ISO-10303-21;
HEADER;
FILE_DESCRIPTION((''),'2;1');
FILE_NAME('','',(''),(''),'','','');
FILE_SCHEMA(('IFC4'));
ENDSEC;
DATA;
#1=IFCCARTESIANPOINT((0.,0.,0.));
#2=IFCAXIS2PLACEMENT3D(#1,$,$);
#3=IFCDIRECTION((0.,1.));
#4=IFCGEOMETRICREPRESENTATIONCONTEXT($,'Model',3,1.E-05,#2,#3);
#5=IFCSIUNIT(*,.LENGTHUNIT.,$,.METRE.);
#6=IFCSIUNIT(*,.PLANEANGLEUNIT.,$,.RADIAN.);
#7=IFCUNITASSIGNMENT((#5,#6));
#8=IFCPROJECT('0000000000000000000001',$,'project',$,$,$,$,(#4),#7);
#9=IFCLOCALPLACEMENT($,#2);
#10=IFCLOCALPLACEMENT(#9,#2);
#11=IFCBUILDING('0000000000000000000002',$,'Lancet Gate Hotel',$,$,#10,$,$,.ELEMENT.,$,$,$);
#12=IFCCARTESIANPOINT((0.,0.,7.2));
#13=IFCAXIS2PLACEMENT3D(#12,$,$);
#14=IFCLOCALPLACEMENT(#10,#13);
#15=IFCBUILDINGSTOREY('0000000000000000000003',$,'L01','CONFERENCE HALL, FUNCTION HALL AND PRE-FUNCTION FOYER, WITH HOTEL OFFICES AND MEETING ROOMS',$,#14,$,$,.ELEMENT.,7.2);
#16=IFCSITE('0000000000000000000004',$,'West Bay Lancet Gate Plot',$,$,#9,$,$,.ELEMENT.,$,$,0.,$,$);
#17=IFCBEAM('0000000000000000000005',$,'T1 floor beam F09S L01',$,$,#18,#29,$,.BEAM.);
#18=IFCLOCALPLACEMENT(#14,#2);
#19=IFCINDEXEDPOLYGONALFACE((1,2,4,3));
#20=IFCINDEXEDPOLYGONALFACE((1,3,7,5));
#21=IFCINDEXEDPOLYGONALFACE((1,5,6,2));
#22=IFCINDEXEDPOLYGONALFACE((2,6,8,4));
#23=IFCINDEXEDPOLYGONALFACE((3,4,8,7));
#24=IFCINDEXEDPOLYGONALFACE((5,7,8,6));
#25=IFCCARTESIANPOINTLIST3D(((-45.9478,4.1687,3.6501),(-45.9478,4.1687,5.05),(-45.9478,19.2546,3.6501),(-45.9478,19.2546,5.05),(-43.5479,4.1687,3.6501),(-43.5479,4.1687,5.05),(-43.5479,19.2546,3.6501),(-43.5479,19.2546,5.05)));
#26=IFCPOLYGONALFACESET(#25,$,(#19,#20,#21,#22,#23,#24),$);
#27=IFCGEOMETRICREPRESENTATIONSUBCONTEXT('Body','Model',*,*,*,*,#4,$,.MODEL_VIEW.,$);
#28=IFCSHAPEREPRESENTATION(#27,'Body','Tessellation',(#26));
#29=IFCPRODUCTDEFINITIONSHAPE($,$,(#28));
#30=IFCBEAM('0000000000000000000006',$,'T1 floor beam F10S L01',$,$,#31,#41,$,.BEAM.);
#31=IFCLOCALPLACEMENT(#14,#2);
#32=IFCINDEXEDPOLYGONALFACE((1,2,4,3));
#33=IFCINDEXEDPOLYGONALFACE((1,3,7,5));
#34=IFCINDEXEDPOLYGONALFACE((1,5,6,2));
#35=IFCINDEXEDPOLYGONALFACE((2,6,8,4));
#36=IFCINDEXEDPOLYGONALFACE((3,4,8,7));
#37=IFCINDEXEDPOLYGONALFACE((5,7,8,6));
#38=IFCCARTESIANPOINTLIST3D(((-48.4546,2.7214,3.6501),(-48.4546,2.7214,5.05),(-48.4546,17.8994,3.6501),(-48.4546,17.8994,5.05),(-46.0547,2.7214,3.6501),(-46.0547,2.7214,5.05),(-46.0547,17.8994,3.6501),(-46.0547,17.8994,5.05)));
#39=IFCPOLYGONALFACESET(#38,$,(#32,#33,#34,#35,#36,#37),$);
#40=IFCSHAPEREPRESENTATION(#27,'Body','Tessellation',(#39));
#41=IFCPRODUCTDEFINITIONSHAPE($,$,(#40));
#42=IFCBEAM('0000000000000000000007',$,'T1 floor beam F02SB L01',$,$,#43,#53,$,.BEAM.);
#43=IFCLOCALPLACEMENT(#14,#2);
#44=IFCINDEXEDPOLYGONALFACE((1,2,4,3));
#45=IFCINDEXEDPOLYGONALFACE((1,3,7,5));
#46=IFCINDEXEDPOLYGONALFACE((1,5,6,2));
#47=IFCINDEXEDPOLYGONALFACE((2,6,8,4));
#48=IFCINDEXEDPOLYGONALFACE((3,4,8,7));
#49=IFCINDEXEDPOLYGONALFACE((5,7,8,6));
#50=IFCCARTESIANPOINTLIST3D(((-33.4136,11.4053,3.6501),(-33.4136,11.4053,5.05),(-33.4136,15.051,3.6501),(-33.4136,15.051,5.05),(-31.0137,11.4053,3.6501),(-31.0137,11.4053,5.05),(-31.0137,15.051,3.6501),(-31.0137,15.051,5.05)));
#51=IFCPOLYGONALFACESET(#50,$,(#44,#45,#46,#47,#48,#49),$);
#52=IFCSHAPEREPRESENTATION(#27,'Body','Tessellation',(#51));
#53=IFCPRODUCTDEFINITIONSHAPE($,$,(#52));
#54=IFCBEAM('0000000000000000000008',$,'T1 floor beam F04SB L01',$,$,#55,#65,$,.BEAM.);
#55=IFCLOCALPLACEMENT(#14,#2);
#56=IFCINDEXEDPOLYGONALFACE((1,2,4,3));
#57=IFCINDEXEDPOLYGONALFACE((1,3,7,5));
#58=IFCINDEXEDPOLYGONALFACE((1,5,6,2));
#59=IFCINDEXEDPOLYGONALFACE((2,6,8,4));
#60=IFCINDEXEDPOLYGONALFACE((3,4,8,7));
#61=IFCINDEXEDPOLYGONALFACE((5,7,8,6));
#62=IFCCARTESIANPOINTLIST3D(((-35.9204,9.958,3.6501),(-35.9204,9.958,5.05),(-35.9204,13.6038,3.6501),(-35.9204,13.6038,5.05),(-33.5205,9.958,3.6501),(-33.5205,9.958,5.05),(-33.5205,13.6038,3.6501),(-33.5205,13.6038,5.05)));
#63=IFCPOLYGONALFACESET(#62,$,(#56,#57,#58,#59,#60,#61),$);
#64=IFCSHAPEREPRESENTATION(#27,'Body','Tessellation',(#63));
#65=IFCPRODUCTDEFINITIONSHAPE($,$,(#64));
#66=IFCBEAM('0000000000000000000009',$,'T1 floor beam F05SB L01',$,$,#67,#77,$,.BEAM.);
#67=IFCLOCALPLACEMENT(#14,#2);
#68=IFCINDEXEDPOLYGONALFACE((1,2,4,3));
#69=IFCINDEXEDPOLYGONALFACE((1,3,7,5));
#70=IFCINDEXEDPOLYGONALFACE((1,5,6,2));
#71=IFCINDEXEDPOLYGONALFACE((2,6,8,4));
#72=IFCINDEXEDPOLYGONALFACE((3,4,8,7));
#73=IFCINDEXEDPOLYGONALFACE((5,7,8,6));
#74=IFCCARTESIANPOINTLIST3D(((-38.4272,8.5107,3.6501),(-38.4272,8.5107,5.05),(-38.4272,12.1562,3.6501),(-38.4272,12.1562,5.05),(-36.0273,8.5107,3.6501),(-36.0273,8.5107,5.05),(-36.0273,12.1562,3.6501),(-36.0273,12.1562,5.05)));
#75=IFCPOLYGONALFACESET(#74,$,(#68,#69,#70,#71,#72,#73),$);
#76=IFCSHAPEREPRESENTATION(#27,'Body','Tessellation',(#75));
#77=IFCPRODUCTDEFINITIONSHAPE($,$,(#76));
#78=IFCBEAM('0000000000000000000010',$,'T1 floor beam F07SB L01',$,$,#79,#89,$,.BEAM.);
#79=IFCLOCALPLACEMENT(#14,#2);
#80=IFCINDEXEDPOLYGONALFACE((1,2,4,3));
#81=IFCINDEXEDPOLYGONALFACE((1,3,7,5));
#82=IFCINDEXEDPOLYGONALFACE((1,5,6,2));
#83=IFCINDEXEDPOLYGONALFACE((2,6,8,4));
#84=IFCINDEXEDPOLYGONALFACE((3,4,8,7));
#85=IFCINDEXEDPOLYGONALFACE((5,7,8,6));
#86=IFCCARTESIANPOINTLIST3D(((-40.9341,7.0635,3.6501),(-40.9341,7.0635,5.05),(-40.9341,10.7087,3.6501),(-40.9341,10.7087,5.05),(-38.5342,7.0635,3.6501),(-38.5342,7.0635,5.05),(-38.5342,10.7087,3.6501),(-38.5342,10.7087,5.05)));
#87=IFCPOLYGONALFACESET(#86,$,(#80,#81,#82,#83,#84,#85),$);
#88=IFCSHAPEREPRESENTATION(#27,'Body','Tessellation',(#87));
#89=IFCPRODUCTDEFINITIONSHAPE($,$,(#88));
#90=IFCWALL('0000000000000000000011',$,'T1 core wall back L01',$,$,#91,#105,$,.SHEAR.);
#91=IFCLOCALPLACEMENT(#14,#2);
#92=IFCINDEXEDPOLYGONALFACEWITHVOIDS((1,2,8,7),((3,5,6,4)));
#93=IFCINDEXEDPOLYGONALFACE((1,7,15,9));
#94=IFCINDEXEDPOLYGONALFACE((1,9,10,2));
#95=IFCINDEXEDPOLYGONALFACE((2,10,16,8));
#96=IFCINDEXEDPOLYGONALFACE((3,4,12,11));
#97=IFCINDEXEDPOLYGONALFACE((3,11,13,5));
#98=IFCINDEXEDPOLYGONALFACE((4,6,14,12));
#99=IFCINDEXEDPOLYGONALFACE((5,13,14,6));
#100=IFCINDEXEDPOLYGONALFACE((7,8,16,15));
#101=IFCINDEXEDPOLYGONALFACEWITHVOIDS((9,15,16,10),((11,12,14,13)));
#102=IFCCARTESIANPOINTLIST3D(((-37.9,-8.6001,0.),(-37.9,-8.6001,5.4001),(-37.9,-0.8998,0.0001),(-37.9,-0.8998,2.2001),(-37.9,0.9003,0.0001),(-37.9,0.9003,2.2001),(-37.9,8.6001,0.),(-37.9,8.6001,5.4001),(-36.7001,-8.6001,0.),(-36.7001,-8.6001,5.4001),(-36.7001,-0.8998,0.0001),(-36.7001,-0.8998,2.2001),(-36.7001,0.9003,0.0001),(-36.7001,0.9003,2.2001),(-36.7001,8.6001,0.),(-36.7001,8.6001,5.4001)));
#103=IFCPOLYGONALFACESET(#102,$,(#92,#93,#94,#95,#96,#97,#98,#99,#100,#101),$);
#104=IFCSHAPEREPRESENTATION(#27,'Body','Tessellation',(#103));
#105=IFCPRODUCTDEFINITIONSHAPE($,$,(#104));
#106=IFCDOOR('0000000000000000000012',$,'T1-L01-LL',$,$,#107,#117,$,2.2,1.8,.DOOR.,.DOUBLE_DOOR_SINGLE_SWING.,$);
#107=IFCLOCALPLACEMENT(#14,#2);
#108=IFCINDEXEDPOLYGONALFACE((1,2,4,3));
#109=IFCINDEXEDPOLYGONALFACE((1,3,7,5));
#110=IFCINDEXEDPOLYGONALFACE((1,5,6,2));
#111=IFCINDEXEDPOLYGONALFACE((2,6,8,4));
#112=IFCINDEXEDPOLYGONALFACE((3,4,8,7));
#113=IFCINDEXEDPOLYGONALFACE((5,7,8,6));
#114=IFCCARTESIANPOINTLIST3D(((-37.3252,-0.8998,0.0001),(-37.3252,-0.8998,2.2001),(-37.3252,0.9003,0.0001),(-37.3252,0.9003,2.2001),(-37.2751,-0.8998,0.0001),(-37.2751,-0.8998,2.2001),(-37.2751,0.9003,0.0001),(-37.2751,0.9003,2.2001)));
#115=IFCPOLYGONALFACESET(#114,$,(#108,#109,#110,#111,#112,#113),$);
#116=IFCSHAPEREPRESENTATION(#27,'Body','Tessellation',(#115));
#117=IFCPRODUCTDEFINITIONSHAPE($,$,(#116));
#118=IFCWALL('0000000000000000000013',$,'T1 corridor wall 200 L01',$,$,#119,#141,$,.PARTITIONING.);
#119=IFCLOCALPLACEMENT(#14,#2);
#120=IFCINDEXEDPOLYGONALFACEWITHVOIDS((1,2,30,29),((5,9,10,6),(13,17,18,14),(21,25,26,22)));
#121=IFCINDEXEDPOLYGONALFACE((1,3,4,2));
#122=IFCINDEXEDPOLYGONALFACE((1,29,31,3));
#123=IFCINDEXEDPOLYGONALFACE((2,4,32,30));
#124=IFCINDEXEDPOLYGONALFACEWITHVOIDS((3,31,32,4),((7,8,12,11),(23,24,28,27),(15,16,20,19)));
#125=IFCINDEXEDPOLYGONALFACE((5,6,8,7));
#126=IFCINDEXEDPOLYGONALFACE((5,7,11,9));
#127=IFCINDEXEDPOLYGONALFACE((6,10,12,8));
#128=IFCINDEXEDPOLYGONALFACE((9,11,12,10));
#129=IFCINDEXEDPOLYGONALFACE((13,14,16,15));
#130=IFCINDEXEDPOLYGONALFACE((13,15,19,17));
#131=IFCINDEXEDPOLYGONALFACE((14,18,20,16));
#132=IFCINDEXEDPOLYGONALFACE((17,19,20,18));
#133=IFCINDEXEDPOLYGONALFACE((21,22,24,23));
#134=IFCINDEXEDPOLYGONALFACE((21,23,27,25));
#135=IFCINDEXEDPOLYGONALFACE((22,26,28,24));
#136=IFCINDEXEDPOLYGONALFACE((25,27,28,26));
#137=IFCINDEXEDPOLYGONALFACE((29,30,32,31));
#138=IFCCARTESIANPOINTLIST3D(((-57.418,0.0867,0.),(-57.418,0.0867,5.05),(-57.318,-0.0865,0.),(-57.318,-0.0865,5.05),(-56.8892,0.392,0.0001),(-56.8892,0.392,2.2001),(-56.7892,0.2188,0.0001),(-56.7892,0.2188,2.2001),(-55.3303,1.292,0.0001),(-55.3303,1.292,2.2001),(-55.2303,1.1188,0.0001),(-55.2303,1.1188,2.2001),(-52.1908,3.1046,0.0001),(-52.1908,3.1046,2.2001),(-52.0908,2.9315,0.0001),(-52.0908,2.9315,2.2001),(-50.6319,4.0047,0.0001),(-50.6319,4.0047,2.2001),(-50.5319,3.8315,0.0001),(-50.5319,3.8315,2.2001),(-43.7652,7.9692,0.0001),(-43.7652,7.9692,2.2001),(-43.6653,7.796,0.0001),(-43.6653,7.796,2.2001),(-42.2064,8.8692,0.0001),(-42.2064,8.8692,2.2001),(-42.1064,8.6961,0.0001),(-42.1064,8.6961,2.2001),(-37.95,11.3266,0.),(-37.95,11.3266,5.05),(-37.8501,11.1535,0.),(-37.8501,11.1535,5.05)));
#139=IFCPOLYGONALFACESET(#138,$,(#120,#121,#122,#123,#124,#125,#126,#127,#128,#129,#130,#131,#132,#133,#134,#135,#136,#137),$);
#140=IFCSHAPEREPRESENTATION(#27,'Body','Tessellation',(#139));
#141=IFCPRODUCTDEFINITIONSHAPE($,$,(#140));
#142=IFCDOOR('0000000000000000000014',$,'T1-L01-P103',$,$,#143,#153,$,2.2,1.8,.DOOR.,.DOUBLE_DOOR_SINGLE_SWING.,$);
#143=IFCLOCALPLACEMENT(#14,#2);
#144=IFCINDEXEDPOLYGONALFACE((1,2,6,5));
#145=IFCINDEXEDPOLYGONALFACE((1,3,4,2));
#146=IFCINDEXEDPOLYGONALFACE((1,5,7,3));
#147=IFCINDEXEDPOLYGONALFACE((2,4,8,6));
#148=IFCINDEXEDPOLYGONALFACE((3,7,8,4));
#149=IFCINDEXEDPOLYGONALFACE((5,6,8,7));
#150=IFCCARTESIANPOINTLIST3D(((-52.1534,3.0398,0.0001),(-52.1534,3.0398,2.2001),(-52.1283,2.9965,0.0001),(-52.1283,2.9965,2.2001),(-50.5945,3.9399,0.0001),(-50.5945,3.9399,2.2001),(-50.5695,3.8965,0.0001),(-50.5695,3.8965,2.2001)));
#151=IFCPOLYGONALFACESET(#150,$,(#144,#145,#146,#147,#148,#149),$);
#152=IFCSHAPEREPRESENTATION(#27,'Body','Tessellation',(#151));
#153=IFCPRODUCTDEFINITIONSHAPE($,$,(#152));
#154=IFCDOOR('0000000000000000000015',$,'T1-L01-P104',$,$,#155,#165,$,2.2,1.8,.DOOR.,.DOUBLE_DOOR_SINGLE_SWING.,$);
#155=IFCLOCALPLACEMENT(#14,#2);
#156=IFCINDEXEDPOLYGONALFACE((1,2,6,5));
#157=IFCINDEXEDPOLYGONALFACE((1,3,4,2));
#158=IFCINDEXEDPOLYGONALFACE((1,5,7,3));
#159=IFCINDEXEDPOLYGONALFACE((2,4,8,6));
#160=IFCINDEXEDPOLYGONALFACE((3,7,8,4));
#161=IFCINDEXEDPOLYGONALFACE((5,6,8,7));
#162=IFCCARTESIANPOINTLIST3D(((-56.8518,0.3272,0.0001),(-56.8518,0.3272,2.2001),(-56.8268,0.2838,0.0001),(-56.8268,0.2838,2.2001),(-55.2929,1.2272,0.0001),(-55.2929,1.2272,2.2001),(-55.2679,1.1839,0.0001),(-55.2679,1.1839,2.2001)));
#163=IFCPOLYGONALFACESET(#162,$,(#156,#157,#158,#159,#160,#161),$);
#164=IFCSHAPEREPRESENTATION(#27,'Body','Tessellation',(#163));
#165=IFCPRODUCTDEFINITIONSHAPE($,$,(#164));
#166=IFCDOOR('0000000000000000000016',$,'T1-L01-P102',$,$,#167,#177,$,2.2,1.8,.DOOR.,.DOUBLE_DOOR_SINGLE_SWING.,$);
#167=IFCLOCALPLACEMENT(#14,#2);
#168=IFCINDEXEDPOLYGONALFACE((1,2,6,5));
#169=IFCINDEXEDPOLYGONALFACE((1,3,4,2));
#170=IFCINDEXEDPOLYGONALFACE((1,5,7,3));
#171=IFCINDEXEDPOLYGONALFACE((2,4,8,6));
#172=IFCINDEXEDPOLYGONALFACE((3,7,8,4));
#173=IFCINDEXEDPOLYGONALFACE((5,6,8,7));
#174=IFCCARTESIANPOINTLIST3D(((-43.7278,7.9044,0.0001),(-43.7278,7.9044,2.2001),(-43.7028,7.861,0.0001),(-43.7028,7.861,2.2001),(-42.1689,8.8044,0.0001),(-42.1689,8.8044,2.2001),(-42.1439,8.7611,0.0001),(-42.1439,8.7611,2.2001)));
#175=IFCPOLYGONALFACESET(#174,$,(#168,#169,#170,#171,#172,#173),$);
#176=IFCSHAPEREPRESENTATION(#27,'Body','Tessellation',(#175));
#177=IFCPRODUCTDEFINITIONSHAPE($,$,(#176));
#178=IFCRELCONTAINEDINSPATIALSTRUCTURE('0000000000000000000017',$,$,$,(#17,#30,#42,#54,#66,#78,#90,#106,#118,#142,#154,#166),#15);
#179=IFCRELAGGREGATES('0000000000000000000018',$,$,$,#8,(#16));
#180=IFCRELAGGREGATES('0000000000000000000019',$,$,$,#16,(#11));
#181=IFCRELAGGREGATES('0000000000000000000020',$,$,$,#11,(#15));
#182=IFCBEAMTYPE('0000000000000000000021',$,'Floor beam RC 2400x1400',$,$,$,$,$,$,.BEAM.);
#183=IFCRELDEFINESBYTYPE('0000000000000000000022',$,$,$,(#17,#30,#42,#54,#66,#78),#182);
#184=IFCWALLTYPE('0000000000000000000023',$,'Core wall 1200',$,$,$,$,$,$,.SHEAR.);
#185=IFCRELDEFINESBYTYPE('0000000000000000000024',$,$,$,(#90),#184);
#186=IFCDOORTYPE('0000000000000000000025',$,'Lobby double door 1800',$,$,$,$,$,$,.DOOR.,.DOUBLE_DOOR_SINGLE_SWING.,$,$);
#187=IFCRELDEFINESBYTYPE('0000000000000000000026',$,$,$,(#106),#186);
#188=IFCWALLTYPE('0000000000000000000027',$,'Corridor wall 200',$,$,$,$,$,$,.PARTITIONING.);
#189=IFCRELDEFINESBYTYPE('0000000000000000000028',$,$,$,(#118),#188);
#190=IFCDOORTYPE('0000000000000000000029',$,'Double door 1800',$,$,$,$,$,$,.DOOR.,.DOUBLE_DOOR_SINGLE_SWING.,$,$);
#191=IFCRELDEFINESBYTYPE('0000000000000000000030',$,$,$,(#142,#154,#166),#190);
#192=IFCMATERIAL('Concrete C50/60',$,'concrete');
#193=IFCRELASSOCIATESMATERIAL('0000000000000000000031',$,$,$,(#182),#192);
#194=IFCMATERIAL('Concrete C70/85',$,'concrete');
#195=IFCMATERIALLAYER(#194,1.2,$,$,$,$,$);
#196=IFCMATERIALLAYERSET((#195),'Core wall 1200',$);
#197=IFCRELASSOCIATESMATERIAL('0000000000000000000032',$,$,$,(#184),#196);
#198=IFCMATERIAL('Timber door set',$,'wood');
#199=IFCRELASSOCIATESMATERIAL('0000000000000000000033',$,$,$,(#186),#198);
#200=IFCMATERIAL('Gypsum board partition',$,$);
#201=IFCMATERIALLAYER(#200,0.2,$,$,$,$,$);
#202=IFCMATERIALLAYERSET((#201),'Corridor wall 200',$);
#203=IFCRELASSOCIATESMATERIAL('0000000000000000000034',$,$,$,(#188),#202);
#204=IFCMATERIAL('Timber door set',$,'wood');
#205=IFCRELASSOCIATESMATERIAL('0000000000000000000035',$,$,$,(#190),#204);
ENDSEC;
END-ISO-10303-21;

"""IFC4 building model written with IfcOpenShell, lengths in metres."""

from ifc_helpers import new_model, si_unit, direction, frame, frame_2d, origin, origin_2d, place, context, subcontext, project, spatial, rectangle, extrude, material, layer, layer_set, material_profile, profile_set, type_object, element, fill, save


model = new_model("IFC4")

# Units and contexts
model_context = context("Model", 3, precision=1e-05, world=origin(), true_north=direction((0.0, 1.0)))
body_context = subcontext(model_context, "Body", "Model", "MODEL_VIEW")
ifc_project = project(units=[si_unit("LENGTHUNIT", "METRE"), si_unit("PLANEANGLEUNIT", "RADIAN")], contexts=[model_context])

# Site, building, storey
site_placement = place(None, origin())
site = spatial("IfcSite", under=ifc_project, at=site_placement, Name="West Bay Lancet Gate Plot", CompositionType="ELEMENT", RefElevation=0.0)
building_placement = place(site_placement, origin())
building = spatial("IfcBuilding", under=site, at=building_placement, Name="Lancet Gate Hotel", CompositionType="ELEMENT")
storey_placement = place(building_placement, frame((0.0, 0.0, 7.2)))
storey = spatial("IfcBuildingStorey", under=building, at=storey_placement, Name="L01", Description="CONFERENCE HALL, FUNCTION HALL AND PRE-FUNCTION FOYER, WITH HOTEL OFFICES AND MEETING ROOMS", CompositionType="ELEMENT", Elevation=7.2)

# Beams
ifc_material_1 = material(Name="Concrete C50/60", Category="concrete")
ifc_material_profile = material_profile(ifc_material_1, rectangle(XDim=2.3999, YDim=1.3999, at=origin_2d()), Name="RC 2400x1400")
ifc_profile_set = profile_set([ifc_material_profile], Name="Concrete C50/60")
beam_type = type_object("IfcBeamType", Name="Floor beam RC 2400x1400", PredefinedType="BEAM", material=ifc_profile_set)
beam_1_placement = place(storey_placement, frame((-44.7478, 19.2546, 4.3501), z_axis=(0.0, -1.0, 0.0), x_axis=(1.0, 0.0, 0.0)))
element("IfcBeam", 1, at=beam_1_placement, inside=storey, type_object=beam_type, Name="T1 floor beam F09S L01", PredefinedType="BEAM", context=body_context, shape_type="SweptSolid", body=[
    extrude(rectangle(XDim=2.3999, YDim=1.3999, at=origin_2d()), origin(), (0.0, 0.0, 1.0), 15.0859),
])
beam_2_placement = place(storey_placement, frame((-47.2546, 17.8994, 4.3501), z_axis=(0.0, -1.0, 0.0), x_axis=(1.0, 0.0, 0.0)))
element("IfcBeam", 2, at=beam_2_placement, inside=storey, type_object=beam_type, Name="T1 floor beam F10S L01", PredefinedType="BEAM", context=body_context, shape_type="SweptSolid", body=[
    extrude(rectangle(XDim=2.3999, YDim=1.3999, at=origin_2d()), origin(), (0.0, 0.0, 1.0), 15.178),
])
for number, where, z_axis, x_axis, name in (
    (3, (-32.2136, 15.051, 4.3501), (0.0, -1.0, 0.0), (1.0, 0.0, 0.0), "T1 floor beam F02SB L01"),
    (4, (-34.7205, 13.6038, 4.3501), (0.0, -1.0, 0.0), (1.0, 0.0, 0.0), "T1 floor beam F04SB L01"),
):
    element("IfcBeam", number, at=place(storey_placement, frame(where, z_axis=z_axis, x_axis=x_axis)), inside=storey, type_object=beam_type, Name=name, PredefinedType="BEAM", context=body_context, shape_type="SweptSolid", body=[
        extrude(rectangle(XDim=2.3999, YDim=1.3999, at=origin_2d()), origin(), (0.0, 0.0, 1.0), 3.6458),
    ])
beam_3_placement = place(storey_placement, frame((-37.2273, 12.1562, 4.3501), z_axis=(0.0, -1.0, 0.0), x_axis=(1.0, 0.0, 0.0)))
element("IfcBeam", 5, at=beam_3_placement, inside=storey, type_object=beam_type, Name="T1 floor beam F05SB L01", PredefinedType="BEAM", context=body_context, shape_type="SweptSolid", body=[
    extrude(rectangle(XDim=2.3999, YDim=1.3999, at=origin_2d()), origin(), (0.0, 0.0, 1.0), 3.6455),
])
beam_4_placement = place(storey_placement, frame((-39.7341, 10.7087, 4.3501), z_axis=(0.0, -1.0, 0.0), x_axis=(1.0, 0.0, 0.0)))
element("IfcBeam", 6, at=beam_4_placement, inside=storey, type_object=beam_type, Name="T1 floor beam F07SB L01", PredefinedType="BEAM", context=body_context, shape_type="SweptSolid", body=[
    extrude(rectangle(XDim=2.3999, YDim=1.3999, at=origin_2d()), origin(), (0.0, 0.0, 1.0), 3.6453),
])

# Wall, opening, door
ifc_material_2 = material(Name="Concrete C70/85", Category="concrete")
ifc_layer_1 = layer(ifc_material_2, 1.2)
ifc_layer_set_1 = layer_set([ifc_layer_1], Name="Core wall 1200")
wall_type_1 = type_object("IfcWallType", Name="Core wall 1200", PredefinedType="SHEAR", material=ifc_layer_set_1)
wall_1_placement = place(storey_placement, frame((-37.3, 8.6001, 0.0), z_axis=(0.0, 0.0, 1.0), x_axis=(0.0, -1.0, 0.0)))
wall_1 = element("IfcWall", 7, at=wall_1_placement, inside=storey, type_object=wall_type_1, Name="T1 core wall back L01", PredefinedType="SHEAR", context=body_context, shape_type="SweptSolid", body=[
    extrude(rectangle(XDim=17.2002, YDim=1.2, at=frame_2d((8.6001, 0.0))), origin(), (0.0, 0.0, 1.0), 5.4001),
])
opening_1_placement = place(wall_1_placement, frame((7.7, 0.0, 0.0)))
opening_1 = element("IfcOpeningElement", 8, at=opening_1_placement, cuts=wall_1, PredefinedType="OPENING", context=body_context, shape_type="SweptSolid", body=[
    extrude(rectangle(XDim=1.8, YDim=2.2, at=frame_2d((0.8999, 1.1001))), frame((0.0, 0.6099, 0.0), z_axis=(0.0, -1.0, 0.0), x_axis=(1.0, 0.0, 0.0)), (0.0, 0.0, 1.0), 1.22),
])
ifc_material_3 = material(Name="Timber door set", Category="wood")
door_type_1 = type_object("IfcDoorType", Name="Lobby double door 1800", OperationType="DOUBLE_DOOR_SINGLE_SWING", PredefinedType="DOOR", material=ifc_material_3)
door_1_placement = place(opening_1_placement, origin())
door_1 = element("IfcDoor", 9, at=door_1_placement, inside=storey, type_object=door_type_1, Name="T1-L01-LL", OperationType="DOUBLE_DOOR_SINGLE_SWING", OverallHeight=2.2, OverallWidth=1.8, PredefinedType="DOOR", context=body_context, shape_type="SweptSolid", body=[
    extrude(rectangle(XDim=1.8, YDim=2.2, at=frame_2d((0.8999, 1.1001))), frame((0.0, 0.0249, 0.0), z_axis=(0.0, -1.0, 0.0), x_axis=(1.0, 0.0, 0.0)), (0.0, 0.0, 1.0), 0.05),
])
fill(opening_1, door_1)

# Wall, openings, doors
ifc_material_4 = material(Name="Gypsum board partition")
ifc_layer_2 = layer(ifc_material_4, 0.2)
ifc_layer_set_2 = layer_set([ifc_layer_2], Name="Corridor wall 200")
wall_type_2 = type_object("IfcWallType", Name="Corridor wall 200", PredefinedType="PARTITIONING", material=ifc_layer_set_2)
wall_2_placement = place(storey_placement, frame((-37.9001, 11.24, 0.0), z_axis=(0.0, 0.0, 1.0), x_axis=(-0.866023, -0.500004, 0.0)))
wall_2 = element("IfcWall", 10, at=wall_2_placement, inside=storey, type_object=wall_type_2, Name="T1 corridor wall 200 L01", PredefinedType="PARTITIONING", context=body_context, shape_type="SweptSolid", body=[
    extrude(rectangle(XDim=22.4797, YDim=0.2, at=frame_2d((11.2397, 0.0))), origin(), (0.0, 0.0, 1.0), 5.05),
])
opening_2_placement = place(wall_2_placement, frame((14.6438, 0.0, 0.0)))
opening_2 = element("IfcOpeningElement", 11, at=opening_2_placement, cuts=wall_2, PredefinedType="OPENING", context=body_context, shape_type="SweptSolid", body=[
    extrude(rectangle(XDim=1.8, YDim=2.2, at=frame_2d((0.8999, 1.1001))), frame((0.0, 0.1099, 0.0), z_axis=(0.0, -1.0, 0.0), x_axis=(1.0, 0.0, 0.0)), (0.0, 0.0, 1.0), 0.22),
])
opening_3_placement = place(wall_2_placement, frame((20.0691, 0.0, 0.0)))
opening_3 = element("IfcOpeningElement", 12, at=opening_3_placement, cuts=wall_2, PredefinedType="OPENING", context=body_context, shape_type="SweptSolid", body=[
    extrude(rectangle(XDim=1.8, YDim=2.2, at=frame_2d((0.8999, 1.1001))), frame((0.0, 0.1099, 0.0), z_axis=(0.0, -1.0, 0.0), x_axis=(1.0, 0.0, 0.0)), (0.0, 0.0, 1.0), 0.22),
])
opening_4_placement = place(wall_2_placement, frame((4.9148, 0.0, 0.0)))
opening_4 = element("IfcOpeningElement", 13, at=opening_4_placement, cuts=wall_2, PredefinedType="OPENING", context=body_context, shape_type="SweptSolid", body=[
    extrude(rectangle(XDim=1.8, YDim=2.2, at=frame_2d((0.8999, 1.1001))), frame((0.0, 0.1099, 0.0), z_axis=(0.0, -1.0, 0.0), x_axis=(1.0, 0.0, 0.0)), (0.0, 0.0, 1.0), 0.22),
])
ifc_material_5 = material(Name="Timber door set", Category="wood")
door_type_2 = type_object("IfcDoorType", Name="Double door 1800", OperationType="DOUBLE_DOOR_SINGLE_SWING", PredefinedType="DOOR", material=ifc_material_5)
door_2_placement = place(opening_2_placement, origin())
door_2 = element("IfcDoor", 14, at=door_2_placement, inside=storey, type_object=door_type_2, Name="T1-L01-P103", OperationType="DOUBLE_DOOR_SINGLE_SWING", OverallHeight=2.2, OverallWidth=1.8, PredefinedType="DOOR", context=body_context, shape_type="SweptSolid", body=[
    extrude(rectangle(XDim=1.8, YDim=2.2, at=frame_2d((0.8999, 1.1001))), frame((0.0, 0.0249, 0.0), z_axis=(0.0, -1.0, 0.0), x_axis=(1.0, 0.0, 0.0)), (0.0, 0.0, 1.0), 0.05),
])
fill(opening_2, door_2)
door_3_placement = place(opening_3_placement, origin())
door_3 = element("IfcDoor", 15, at=door_3_placement, inside=storey, type_object=door_type_2, Name="T1-L01-P104", OperationType="DOUBLE_DOOR_SINGLE_SWING", OverallHeight=2.2, OverallWidth=1.8, PredefinedType="DOOR", context=body_context, shape_type="SweptSolid", body=[
    extrude(rectangle(XDim=1.8, YDim=2.2, at=frame_2d((0.8999, 1.1001))), frame((0.0, 0.0249, 0.0), z_axis=(0.0, -1.0, 0.0), x_axis=(1.0, 0.0, 0.0)), (0.0, 0.0, 1.0), 0.05),
])
fill(opening_3, door_3)
door_4_placement = place(opening_4_placement, origin())
door_4 = element("IfcDoor", 16, at=door_4_placement, inside=storey, type_object=door_type_2, Name="T1-L01-P102", OperationType="DOUBLE_DOOR_SINGLE_SWING", OverallHeight=2.2, OverallWidth=1.8, PredefinedType="DOOR", context=body_context, shape_type="SweptSolid", body=[
    extrude(rectangle(XDim=1.8, YDim=2.2, at=frame_2d((0.8999, 1.1001))), frame((0.0, 0.0249, 0.0), z_axis=(0.0, -1.0, 0.0), x_axis=(1.0, 0.0, 0.0)), (0.0, 0.0, 1.0), 0.05),
])
fill(opening_4, door_4)

save(model, "model.ifc")
